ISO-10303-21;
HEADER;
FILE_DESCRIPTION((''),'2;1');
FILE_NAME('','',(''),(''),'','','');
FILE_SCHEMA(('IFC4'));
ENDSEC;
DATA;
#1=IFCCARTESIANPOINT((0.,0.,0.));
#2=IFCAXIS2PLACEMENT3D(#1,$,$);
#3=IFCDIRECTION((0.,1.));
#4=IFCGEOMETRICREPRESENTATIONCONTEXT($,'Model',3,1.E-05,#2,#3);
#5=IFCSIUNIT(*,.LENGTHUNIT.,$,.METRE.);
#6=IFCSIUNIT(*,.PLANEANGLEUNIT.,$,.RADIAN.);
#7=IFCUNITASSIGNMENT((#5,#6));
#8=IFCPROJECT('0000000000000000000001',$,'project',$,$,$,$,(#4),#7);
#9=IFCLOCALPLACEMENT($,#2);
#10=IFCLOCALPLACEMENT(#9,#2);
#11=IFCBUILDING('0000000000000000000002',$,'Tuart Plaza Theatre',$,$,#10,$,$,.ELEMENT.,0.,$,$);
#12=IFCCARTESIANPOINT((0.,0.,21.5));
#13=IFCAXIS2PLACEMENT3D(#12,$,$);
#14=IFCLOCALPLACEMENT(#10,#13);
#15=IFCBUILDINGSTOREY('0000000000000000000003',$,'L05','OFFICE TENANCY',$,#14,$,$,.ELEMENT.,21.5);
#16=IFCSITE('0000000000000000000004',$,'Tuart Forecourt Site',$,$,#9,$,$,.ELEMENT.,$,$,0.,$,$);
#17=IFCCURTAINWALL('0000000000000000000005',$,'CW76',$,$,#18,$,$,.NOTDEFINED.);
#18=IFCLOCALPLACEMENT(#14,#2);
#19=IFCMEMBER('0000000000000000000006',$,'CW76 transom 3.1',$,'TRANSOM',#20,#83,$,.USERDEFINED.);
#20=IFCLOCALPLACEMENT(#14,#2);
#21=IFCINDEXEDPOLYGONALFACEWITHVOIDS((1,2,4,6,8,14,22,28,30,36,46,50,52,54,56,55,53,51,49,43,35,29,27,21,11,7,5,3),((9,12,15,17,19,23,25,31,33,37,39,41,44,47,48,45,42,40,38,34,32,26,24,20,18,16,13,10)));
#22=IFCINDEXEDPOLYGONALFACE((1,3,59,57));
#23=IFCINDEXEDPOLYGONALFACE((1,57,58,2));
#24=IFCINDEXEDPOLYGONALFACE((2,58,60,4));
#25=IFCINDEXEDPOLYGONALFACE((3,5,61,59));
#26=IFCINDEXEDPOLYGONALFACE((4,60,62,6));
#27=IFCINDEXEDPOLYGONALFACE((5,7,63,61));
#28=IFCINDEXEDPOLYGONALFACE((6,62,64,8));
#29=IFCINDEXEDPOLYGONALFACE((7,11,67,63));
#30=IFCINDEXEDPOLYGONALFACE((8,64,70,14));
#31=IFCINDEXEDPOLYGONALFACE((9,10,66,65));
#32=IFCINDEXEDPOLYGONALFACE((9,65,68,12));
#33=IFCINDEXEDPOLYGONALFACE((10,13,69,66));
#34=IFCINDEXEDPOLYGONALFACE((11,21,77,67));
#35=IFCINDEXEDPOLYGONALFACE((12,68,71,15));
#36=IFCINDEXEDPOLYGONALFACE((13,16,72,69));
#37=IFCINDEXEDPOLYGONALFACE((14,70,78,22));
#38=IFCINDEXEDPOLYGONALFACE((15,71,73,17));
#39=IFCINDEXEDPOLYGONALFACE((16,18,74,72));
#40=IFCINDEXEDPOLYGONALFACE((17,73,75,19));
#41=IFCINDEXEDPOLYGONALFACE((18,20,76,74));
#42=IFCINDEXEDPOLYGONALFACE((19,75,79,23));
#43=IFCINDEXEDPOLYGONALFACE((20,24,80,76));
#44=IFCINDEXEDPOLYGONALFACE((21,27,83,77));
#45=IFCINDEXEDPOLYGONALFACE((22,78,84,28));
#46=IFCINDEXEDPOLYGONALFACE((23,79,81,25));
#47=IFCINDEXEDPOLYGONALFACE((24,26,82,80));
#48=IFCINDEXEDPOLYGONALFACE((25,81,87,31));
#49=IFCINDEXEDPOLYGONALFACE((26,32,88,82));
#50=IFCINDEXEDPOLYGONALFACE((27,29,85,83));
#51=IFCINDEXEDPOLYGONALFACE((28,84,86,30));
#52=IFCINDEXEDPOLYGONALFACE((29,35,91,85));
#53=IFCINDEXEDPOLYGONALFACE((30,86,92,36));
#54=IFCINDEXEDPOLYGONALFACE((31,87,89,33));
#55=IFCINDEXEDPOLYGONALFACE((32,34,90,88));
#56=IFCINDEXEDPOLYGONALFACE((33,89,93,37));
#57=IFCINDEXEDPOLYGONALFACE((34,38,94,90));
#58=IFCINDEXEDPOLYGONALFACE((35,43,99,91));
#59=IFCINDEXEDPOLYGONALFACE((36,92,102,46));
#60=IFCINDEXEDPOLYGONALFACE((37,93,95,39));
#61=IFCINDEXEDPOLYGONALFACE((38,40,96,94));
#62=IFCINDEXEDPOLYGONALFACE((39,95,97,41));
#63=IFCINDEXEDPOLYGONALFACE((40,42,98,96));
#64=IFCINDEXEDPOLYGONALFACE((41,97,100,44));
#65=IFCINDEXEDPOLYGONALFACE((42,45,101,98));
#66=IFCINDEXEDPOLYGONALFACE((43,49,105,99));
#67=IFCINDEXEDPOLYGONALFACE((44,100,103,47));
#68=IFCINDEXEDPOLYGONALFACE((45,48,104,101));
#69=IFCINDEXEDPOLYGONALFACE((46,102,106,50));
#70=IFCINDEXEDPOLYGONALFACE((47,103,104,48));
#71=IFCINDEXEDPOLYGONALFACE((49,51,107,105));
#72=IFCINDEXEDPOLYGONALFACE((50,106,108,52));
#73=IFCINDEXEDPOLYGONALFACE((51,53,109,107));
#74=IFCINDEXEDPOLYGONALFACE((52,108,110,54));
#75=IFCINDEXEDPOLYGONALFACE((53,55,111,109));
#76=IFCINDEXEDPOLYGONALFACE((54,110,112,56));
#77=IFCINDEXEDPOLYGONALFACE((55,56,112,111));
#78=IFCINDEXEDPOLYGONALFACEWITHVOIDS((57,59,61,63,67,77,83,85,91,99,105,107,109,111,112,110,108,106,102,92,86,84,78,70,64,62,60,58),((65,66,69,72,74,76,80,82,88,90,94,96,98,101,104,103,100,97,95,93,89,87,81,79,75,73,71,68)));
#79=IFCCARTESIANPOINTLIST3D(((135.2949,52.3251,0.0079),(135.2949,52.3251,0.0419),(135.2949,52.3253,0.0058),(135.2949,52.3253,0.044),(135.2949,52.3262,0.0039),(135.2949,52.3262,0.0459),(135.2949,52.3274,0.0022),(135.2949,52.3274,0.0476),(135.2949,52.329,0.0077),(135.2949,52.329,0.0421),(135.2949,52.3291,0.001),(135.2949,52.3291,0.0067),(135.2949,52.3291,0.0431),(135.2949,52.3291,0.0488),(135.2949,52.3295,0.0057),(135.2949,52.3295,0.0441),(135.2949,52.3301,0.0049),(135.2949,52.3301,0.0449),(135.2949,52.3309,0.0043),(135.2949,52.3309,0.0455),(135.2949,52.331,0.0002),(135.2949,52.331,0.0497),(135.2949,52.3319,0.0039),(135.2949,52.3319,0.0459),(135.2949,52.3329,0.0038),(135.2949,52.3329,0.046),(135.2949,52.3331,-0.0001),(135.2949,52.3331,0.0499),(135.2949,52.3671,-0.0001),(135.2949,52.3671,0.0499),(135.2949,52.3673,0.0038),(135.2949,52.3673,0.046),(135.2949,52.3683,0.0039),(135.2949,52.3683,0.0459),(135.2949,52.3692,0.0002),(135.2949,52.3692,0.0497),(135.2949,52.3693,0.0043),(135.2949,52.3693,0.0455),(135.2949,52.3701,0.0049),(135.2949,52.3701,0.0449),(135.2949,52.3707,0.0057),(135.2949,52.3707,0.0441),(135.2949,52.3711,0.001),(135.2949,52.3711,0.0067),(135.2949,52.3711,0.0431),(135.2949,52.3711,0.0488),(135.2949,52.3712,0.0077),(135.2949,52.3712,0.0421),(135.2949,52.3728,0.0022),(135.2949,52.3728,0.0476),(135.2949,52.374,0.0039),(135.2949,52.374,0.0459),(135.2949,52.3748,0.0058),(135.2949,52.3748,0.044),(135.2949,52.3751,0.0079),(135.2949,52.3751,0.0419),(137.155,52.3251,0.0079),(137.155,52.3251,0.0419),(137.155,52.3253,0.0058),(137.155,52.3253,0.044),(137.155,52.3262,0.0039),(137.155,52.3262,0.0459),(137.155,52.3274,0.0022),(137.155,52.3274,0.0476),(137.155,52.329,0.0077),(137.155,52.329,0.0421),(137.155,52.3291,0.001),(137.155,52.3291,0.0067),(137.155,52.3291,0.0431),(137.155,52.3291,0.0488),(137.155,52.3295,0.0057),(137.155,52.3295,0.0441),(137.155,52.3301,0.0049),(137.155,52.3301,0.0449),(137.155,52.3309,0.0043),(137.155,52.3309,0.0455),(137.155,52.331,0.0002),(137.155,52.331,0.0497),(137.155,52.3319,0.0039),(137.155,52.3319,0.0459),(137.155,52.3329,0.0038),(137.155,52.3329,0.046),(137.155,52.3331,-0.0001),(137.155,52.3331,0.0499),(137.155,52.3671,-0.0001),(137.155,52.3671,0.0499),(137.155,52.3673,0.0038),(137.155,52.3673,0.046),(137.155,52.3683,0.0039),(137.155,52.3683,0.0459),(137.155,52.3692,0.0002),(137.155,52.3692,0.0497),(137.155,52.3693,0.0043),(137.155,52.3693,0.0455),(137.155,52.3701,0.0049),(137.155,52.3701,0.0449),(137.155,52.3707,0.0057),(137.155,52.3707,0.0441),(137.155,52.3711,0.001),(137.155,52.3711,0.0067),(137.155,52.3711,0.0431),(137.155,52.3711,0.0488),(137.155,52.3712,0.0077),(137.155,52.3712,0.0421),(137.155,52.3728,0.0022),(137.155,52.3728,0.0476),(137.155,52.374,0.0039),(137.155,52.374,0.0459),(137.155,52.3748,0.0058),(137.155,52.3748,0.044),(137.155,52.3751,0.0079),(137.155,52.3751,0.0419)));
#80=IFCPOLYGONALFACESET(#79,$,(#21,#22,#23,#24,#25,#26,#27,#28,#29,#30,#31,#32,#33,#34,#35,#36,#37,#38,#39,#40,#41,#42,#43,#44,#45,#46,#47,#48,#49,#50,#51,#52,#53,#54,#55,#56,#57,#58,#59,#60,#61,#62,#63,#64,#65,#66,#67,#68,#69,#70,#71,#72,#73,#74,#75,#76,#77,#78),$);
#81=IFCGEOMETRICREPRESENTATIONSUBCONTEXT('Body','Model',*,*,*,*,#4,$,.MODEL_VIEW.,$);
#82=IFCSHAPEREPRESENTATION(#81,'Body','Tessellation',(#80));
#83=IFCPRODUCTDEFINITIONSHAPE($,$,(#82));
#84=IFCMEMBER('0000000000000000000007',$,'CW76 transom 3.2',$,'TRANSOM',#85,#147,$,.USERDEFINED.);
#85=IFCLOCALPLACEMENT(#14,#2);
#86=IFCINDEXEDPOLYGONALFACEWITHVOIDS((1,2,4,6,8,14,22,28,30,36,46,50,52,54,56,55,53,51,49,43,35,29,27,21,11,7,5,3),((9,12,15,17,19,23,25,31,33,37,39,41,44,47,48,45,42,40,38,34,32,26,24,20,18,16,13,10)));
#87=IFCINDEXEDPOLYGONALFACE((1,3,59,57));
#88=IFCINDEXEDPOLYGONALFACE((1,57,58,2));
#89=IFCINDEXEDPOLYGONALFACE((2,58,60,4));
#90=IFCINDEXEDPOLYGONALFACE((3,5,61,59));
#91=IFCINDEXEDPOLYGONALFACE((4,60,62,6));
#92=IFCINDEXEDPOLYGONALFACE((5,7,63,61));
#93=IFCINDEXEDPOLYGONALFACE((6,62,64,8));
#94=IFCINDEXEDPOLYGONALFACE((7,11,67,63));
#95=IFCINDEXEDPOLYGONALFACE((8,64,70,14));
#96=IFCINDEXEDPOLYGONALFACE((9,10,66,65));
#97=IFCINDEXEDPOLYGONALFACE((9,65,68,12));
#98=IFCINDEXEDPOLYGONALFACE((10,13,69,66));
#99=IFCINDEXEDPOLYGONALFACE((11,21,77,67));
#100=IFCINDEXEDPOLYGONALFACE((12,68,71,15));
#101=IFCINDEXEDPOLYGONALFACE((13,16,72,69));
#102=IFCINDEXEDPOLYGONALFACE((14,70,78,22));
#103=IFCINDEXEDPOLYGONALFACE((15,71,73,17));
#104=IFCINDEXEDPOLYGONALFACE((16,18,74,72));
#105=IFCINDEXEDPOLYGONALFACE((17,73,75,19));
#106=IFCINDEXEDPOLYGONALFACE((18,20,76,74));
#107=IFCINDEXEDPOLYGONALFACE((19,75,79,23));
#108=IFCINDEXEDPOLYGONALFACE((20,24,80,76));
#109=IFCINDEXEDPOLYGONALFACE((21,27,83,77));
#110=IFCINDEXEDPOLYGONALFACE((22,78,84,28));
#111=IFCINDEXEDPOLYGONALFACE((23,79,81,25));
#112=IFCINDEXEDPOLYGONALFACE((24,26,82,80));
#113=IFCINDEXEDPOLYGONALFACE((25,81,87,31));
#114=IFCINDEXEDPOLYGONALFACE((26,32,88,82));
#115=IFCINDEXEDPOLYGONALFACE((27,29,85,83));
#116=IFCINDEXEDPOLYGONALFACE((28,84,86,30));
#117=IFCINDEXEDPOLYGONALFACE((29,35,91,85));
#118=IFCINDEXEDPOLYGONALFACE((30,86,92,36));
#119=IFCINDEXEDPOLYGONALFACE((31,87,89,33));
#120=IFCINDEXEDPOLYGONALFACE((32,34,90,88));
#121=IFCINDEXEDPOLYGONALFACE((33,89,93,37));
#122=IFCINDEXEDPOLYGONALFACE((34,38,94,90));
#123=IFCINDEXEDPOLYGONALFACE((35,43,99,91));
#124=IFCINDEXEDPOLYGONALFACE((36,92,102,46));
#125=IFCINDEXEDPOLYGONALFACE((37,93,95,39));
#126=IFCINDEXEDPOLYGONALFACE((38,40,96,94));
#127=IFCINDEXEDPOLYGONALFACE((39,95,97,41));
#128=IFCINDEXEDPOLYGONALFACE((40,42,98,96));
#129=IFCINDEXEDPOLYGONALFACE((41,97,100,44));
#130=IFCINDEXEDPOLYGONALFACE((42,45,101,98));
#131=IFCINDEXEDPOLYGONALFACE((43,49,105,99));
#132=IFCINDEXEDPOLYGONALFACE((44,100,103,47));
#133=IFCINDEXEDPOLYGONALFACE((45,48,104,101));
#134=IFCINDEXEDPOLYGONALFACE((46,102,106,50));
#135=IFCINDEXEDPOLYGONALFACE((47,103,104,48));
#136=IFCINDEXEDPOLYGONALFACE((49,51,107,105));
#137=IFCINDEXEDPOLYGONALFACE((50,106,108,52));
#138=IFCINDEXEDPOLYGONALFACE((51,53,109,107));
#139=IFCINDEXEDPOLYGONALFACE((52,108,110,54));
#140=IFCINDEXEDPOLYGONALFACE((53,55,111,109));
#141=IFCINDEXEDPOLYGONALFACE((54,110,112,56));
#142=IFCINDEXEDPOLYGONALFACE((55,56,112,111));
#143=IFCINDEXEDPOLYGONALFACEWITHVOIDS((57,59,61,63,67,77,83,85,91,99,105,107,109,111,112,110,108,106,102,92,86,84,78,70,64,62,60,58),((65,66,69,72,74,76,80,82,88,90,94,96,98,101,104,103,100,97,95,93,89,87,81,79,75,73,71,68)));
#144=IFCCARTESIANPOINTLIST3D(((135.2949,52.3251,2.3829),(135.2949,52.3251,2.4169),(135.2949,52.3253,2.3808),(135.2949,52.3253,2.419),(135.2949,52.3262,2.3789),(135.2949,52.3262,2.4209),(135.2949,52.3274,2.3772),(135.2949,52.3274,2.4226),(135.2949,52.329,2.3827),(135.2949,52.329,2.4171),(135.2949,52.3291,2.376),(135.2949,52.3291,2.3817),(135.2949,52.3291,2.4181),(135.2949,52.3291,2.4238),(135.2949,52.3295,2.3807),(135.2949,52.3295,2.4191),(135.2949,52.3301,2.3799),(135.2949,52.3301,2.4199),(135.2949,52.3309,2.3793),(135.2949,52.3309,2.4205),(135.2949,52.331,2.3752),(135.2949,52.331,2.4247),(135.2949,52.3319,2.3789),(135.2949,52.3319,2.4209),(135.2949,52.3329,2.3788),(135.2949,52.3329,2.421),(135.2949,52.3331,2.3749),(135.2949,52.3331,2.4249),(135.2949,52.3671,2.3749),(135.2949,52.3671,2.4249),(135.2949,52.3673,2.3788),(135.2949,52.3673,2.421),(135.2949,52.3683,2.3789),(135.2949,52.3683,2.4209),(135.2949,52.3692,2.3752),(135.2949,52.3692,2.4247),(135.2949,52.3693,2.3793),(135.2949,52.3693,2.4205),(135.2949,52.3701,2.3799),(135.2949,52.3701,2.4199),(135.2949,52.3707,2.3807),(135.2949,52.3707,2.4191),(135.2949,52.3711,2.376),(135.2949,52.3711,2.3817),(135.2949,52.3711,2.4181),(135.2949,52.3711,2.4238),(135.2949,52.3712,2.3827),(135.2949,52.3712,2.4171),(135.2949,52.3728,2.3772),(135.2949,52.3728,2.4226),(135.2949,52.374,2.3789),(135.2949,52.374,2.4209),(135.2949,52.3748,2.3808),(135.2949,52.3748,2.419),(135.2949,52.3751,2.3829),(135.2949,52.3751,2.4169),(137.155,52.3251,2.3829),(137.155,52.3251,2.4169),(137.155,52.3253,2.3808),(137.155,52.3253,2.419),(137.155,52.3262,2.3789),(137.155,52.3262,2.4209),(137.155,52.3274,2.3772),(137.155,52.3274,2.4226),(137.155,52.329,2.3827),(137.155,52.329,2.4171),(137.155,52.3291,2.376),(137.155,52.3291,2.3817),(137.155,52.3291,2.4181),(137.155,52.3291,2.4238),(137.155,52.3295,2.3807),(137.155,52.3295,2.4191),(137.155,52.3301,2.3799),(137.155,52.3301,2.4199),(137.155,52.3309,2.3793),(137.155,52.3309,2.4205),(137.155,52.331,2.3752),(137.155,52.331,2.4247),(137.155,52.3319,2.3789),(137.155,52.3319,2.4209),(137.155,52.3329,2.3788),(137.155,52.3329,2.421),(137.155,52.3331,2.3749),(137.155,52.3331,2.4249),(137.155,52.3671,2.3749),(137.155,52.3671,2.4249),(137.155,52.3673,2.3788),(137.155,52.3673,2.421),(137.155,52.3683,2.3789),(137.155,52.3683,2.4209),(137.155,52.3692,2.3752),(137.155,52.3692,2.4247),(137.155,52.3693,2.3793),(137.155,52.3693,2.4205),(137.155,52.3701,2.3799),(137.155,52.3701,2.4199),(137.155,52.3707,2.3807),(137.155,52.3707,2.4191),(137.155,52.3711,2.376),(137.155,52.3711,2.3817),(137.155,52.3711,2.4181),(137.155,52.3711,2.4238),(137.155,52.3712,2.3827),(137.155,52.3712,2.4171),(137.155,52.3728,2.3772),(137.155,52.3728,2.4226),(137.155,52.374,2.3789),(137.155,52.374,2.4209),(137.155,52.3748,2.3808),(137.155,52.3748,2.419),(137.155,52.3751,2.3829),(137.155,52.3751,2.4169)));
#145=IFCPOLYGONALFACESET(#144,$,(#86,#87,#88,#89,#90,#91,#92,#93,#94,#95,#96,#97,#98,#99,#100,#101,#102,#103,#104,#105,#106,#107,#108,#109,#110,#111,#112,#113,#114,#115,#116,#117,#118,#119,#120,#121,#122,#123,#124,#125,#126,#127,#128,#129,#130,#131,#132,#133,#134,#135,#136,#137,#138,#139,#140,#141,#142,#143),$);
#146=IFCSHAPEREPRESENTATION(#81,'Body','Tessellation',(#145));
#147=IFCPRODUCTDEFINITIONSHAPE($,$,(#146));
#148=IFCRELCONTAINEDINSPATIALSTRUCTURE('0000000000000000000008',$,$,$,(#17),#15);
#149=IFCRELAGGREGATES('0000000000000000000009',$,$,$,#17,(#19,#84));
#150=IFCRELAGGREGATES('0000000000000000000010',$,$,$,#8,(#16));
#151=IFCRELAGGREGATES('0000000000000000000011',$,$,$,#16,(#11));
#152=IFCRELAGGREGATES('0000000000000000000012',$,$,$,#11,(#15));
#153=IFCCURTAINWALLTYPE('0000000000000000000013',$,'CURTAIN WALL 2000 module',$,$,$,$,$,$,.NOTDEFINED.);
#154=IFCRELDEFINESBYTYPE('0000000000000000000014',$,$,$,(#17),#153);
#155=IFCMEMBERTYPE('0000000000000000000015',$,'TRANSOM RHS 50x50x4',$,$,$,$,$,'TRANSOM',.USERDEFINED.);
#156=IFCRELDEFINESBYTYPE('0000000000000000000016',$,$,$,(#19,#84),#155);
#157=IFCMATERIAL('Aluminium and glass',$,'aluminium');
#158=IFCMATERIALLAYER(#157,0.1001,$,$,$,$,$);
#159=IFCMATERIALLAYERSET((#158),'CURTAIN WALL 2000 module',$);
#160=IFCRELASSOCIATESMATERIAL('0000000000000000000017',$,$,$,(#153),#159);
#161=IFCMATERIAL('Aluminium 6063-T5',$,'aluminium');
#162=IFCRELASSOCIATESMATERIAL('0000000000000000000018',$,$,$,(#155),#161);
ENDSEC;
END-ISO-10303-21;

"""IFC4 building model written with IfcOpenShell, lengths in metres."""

from ifc_helpers import new_model, si_unit, direction, frame, origin, origin_2d, place, context, subcontext, project, spatial, hollow_rectangle, extrude, material, layer, layer_set, material_profile, profile_set, type_object, element, aggregate, save


model = new_model("IFC4")

# Units and contexts
model_context = context("Model", 3, precision=1e-05, world=origin(), true_north=direction((0.0, 1.0)))
body_context = subcontext(model_context, "Body", "Model", "MODEL_VIEW")
ifc_project = project(units=[si_unit("LENGTHUNIT", "METRE"), si_unit("PLANEANGLEUNIT", "RADIAN")], contexts=[model_context])

# Site, building, storey
site_placement = place(None, origin())
site = spatial("IfcSite", under=ifc_project, at=site_placement, Name="Tuart Forecourt Site", CompositionType="ELEMENT", RefElevation=0.0)
building_placement = place(site_placement, origin())
building = spatial("IfcBuilding", under=site, at=building_placement, Name="Tuart Plaza Theatre", CompositionType="ELEMENT", ElevationOfRefHeight=0.0)
storey_placement = place(building_placement, frame((0.0, 0.0, 21.5)))
storey = spatial("IfcBuildingStorey", under=building, at=storey_placement, Name="L05", Description="OFFICE TENANCY", CompositionType="ELEMENT", Elevation=21.5)

# Curtain wall, members
ifc_material_1 = material(Name="Aluminium and glass", Category="aluminium")
ifc_layer_1 = layer(ifc_material_1, 0.1001)
ifc_layer_set_1 = layer_set([ifc_layer_1], Name="CURTAIN WALL 2000 module")
curtain_wall_type = type_object("IfcCurtainWallType", Name="CURTAIN WALL 2000 module", PredefinedType="NOTDEFINED", material=ifc_layer_set_1)
curtain_wall_placement = place(storey_placement, origin())
curtain_wall = element("IfcCurtainWall", 1, at=curtain_wall_placement, inside=storey, type_object=curtain_wall_type, Name="CW76", PredefinedType="NOTDEFINED")
ifc_material_2 = material(Name="Aluminium 6063-T5", Category="aluminium")
ifc_material_profile_1 = material_profile(ifc_material_2, hollow_rectangle(XDim=0.05, YDim=0.05, WallThickness=0.0039, InnerFilletRadius=0.0039, OuterFilletRadius=0.0081, at=origin_2d()), Name="RHS 50x50x4")
ifc_profile_set_1 = profile_set([ifc_material_profile_1], Name="Aluminium 6063-T5")
member_type_1 = type_object("IfcMemberType", Name="TRANSOM RHS 50x50x4", ElementType="TRANSOM", PredefinedType="USERDEFINED", material=ifc_profile_set_1)
member_1_placement = place(storey_placement, frame((135.2949, 52.3501, 0.0249), z_axis=(1.0, 0.0, 0.0), x_axis=(0.0, 1.0, 0.0)))
member_1 = element("IfcMember", 2, at=member_1_placement, type_object=member_type_1, Name="CW76 transom 3.1", ObjectType="TRANSOM", PredefinedType="USERDEFINED", context=body_context, shape_type="SweptSolid", body=[
    extrude(hollow_rectangle(XDim=0.05, YDim=0.05, WallThickness=0.0039, InnerFilletRadius=0.0039, OuterFilletRadius=0.0081, at=origin_2d()), origin(), (0.0, 0.0, 1.0), 1.8601),
])
member_2_placement = place(storey_placement, frame((135.2949, 52.3501, 2.3999), z_axis=(1.0, 0.0, 0.0), x_axis=(0.0, 1.0, 0.0)))
member_2 = element("IfcMember", 3, at=member_2_placement, type_object=member_type_1, Name="CW76 transom 3.2", ObjectType="TRANSOM", PredefinedType="USERDEFINED", context=body_context, shape_type="SweptSolid", body=[
    extrude(hollow_rectangle(XDim=0.05, YDim=0.05, WallThickness=0.0039, InnerFilletRadius=0.0039, OuterFilletRadius=0.0081, at=origin_2d()), origin(), (0.0, 0.0, 1.0), 1.8601),
])
aggregate(curtain_wall, [member_1, member_2])

save(model, "model.ifc")
